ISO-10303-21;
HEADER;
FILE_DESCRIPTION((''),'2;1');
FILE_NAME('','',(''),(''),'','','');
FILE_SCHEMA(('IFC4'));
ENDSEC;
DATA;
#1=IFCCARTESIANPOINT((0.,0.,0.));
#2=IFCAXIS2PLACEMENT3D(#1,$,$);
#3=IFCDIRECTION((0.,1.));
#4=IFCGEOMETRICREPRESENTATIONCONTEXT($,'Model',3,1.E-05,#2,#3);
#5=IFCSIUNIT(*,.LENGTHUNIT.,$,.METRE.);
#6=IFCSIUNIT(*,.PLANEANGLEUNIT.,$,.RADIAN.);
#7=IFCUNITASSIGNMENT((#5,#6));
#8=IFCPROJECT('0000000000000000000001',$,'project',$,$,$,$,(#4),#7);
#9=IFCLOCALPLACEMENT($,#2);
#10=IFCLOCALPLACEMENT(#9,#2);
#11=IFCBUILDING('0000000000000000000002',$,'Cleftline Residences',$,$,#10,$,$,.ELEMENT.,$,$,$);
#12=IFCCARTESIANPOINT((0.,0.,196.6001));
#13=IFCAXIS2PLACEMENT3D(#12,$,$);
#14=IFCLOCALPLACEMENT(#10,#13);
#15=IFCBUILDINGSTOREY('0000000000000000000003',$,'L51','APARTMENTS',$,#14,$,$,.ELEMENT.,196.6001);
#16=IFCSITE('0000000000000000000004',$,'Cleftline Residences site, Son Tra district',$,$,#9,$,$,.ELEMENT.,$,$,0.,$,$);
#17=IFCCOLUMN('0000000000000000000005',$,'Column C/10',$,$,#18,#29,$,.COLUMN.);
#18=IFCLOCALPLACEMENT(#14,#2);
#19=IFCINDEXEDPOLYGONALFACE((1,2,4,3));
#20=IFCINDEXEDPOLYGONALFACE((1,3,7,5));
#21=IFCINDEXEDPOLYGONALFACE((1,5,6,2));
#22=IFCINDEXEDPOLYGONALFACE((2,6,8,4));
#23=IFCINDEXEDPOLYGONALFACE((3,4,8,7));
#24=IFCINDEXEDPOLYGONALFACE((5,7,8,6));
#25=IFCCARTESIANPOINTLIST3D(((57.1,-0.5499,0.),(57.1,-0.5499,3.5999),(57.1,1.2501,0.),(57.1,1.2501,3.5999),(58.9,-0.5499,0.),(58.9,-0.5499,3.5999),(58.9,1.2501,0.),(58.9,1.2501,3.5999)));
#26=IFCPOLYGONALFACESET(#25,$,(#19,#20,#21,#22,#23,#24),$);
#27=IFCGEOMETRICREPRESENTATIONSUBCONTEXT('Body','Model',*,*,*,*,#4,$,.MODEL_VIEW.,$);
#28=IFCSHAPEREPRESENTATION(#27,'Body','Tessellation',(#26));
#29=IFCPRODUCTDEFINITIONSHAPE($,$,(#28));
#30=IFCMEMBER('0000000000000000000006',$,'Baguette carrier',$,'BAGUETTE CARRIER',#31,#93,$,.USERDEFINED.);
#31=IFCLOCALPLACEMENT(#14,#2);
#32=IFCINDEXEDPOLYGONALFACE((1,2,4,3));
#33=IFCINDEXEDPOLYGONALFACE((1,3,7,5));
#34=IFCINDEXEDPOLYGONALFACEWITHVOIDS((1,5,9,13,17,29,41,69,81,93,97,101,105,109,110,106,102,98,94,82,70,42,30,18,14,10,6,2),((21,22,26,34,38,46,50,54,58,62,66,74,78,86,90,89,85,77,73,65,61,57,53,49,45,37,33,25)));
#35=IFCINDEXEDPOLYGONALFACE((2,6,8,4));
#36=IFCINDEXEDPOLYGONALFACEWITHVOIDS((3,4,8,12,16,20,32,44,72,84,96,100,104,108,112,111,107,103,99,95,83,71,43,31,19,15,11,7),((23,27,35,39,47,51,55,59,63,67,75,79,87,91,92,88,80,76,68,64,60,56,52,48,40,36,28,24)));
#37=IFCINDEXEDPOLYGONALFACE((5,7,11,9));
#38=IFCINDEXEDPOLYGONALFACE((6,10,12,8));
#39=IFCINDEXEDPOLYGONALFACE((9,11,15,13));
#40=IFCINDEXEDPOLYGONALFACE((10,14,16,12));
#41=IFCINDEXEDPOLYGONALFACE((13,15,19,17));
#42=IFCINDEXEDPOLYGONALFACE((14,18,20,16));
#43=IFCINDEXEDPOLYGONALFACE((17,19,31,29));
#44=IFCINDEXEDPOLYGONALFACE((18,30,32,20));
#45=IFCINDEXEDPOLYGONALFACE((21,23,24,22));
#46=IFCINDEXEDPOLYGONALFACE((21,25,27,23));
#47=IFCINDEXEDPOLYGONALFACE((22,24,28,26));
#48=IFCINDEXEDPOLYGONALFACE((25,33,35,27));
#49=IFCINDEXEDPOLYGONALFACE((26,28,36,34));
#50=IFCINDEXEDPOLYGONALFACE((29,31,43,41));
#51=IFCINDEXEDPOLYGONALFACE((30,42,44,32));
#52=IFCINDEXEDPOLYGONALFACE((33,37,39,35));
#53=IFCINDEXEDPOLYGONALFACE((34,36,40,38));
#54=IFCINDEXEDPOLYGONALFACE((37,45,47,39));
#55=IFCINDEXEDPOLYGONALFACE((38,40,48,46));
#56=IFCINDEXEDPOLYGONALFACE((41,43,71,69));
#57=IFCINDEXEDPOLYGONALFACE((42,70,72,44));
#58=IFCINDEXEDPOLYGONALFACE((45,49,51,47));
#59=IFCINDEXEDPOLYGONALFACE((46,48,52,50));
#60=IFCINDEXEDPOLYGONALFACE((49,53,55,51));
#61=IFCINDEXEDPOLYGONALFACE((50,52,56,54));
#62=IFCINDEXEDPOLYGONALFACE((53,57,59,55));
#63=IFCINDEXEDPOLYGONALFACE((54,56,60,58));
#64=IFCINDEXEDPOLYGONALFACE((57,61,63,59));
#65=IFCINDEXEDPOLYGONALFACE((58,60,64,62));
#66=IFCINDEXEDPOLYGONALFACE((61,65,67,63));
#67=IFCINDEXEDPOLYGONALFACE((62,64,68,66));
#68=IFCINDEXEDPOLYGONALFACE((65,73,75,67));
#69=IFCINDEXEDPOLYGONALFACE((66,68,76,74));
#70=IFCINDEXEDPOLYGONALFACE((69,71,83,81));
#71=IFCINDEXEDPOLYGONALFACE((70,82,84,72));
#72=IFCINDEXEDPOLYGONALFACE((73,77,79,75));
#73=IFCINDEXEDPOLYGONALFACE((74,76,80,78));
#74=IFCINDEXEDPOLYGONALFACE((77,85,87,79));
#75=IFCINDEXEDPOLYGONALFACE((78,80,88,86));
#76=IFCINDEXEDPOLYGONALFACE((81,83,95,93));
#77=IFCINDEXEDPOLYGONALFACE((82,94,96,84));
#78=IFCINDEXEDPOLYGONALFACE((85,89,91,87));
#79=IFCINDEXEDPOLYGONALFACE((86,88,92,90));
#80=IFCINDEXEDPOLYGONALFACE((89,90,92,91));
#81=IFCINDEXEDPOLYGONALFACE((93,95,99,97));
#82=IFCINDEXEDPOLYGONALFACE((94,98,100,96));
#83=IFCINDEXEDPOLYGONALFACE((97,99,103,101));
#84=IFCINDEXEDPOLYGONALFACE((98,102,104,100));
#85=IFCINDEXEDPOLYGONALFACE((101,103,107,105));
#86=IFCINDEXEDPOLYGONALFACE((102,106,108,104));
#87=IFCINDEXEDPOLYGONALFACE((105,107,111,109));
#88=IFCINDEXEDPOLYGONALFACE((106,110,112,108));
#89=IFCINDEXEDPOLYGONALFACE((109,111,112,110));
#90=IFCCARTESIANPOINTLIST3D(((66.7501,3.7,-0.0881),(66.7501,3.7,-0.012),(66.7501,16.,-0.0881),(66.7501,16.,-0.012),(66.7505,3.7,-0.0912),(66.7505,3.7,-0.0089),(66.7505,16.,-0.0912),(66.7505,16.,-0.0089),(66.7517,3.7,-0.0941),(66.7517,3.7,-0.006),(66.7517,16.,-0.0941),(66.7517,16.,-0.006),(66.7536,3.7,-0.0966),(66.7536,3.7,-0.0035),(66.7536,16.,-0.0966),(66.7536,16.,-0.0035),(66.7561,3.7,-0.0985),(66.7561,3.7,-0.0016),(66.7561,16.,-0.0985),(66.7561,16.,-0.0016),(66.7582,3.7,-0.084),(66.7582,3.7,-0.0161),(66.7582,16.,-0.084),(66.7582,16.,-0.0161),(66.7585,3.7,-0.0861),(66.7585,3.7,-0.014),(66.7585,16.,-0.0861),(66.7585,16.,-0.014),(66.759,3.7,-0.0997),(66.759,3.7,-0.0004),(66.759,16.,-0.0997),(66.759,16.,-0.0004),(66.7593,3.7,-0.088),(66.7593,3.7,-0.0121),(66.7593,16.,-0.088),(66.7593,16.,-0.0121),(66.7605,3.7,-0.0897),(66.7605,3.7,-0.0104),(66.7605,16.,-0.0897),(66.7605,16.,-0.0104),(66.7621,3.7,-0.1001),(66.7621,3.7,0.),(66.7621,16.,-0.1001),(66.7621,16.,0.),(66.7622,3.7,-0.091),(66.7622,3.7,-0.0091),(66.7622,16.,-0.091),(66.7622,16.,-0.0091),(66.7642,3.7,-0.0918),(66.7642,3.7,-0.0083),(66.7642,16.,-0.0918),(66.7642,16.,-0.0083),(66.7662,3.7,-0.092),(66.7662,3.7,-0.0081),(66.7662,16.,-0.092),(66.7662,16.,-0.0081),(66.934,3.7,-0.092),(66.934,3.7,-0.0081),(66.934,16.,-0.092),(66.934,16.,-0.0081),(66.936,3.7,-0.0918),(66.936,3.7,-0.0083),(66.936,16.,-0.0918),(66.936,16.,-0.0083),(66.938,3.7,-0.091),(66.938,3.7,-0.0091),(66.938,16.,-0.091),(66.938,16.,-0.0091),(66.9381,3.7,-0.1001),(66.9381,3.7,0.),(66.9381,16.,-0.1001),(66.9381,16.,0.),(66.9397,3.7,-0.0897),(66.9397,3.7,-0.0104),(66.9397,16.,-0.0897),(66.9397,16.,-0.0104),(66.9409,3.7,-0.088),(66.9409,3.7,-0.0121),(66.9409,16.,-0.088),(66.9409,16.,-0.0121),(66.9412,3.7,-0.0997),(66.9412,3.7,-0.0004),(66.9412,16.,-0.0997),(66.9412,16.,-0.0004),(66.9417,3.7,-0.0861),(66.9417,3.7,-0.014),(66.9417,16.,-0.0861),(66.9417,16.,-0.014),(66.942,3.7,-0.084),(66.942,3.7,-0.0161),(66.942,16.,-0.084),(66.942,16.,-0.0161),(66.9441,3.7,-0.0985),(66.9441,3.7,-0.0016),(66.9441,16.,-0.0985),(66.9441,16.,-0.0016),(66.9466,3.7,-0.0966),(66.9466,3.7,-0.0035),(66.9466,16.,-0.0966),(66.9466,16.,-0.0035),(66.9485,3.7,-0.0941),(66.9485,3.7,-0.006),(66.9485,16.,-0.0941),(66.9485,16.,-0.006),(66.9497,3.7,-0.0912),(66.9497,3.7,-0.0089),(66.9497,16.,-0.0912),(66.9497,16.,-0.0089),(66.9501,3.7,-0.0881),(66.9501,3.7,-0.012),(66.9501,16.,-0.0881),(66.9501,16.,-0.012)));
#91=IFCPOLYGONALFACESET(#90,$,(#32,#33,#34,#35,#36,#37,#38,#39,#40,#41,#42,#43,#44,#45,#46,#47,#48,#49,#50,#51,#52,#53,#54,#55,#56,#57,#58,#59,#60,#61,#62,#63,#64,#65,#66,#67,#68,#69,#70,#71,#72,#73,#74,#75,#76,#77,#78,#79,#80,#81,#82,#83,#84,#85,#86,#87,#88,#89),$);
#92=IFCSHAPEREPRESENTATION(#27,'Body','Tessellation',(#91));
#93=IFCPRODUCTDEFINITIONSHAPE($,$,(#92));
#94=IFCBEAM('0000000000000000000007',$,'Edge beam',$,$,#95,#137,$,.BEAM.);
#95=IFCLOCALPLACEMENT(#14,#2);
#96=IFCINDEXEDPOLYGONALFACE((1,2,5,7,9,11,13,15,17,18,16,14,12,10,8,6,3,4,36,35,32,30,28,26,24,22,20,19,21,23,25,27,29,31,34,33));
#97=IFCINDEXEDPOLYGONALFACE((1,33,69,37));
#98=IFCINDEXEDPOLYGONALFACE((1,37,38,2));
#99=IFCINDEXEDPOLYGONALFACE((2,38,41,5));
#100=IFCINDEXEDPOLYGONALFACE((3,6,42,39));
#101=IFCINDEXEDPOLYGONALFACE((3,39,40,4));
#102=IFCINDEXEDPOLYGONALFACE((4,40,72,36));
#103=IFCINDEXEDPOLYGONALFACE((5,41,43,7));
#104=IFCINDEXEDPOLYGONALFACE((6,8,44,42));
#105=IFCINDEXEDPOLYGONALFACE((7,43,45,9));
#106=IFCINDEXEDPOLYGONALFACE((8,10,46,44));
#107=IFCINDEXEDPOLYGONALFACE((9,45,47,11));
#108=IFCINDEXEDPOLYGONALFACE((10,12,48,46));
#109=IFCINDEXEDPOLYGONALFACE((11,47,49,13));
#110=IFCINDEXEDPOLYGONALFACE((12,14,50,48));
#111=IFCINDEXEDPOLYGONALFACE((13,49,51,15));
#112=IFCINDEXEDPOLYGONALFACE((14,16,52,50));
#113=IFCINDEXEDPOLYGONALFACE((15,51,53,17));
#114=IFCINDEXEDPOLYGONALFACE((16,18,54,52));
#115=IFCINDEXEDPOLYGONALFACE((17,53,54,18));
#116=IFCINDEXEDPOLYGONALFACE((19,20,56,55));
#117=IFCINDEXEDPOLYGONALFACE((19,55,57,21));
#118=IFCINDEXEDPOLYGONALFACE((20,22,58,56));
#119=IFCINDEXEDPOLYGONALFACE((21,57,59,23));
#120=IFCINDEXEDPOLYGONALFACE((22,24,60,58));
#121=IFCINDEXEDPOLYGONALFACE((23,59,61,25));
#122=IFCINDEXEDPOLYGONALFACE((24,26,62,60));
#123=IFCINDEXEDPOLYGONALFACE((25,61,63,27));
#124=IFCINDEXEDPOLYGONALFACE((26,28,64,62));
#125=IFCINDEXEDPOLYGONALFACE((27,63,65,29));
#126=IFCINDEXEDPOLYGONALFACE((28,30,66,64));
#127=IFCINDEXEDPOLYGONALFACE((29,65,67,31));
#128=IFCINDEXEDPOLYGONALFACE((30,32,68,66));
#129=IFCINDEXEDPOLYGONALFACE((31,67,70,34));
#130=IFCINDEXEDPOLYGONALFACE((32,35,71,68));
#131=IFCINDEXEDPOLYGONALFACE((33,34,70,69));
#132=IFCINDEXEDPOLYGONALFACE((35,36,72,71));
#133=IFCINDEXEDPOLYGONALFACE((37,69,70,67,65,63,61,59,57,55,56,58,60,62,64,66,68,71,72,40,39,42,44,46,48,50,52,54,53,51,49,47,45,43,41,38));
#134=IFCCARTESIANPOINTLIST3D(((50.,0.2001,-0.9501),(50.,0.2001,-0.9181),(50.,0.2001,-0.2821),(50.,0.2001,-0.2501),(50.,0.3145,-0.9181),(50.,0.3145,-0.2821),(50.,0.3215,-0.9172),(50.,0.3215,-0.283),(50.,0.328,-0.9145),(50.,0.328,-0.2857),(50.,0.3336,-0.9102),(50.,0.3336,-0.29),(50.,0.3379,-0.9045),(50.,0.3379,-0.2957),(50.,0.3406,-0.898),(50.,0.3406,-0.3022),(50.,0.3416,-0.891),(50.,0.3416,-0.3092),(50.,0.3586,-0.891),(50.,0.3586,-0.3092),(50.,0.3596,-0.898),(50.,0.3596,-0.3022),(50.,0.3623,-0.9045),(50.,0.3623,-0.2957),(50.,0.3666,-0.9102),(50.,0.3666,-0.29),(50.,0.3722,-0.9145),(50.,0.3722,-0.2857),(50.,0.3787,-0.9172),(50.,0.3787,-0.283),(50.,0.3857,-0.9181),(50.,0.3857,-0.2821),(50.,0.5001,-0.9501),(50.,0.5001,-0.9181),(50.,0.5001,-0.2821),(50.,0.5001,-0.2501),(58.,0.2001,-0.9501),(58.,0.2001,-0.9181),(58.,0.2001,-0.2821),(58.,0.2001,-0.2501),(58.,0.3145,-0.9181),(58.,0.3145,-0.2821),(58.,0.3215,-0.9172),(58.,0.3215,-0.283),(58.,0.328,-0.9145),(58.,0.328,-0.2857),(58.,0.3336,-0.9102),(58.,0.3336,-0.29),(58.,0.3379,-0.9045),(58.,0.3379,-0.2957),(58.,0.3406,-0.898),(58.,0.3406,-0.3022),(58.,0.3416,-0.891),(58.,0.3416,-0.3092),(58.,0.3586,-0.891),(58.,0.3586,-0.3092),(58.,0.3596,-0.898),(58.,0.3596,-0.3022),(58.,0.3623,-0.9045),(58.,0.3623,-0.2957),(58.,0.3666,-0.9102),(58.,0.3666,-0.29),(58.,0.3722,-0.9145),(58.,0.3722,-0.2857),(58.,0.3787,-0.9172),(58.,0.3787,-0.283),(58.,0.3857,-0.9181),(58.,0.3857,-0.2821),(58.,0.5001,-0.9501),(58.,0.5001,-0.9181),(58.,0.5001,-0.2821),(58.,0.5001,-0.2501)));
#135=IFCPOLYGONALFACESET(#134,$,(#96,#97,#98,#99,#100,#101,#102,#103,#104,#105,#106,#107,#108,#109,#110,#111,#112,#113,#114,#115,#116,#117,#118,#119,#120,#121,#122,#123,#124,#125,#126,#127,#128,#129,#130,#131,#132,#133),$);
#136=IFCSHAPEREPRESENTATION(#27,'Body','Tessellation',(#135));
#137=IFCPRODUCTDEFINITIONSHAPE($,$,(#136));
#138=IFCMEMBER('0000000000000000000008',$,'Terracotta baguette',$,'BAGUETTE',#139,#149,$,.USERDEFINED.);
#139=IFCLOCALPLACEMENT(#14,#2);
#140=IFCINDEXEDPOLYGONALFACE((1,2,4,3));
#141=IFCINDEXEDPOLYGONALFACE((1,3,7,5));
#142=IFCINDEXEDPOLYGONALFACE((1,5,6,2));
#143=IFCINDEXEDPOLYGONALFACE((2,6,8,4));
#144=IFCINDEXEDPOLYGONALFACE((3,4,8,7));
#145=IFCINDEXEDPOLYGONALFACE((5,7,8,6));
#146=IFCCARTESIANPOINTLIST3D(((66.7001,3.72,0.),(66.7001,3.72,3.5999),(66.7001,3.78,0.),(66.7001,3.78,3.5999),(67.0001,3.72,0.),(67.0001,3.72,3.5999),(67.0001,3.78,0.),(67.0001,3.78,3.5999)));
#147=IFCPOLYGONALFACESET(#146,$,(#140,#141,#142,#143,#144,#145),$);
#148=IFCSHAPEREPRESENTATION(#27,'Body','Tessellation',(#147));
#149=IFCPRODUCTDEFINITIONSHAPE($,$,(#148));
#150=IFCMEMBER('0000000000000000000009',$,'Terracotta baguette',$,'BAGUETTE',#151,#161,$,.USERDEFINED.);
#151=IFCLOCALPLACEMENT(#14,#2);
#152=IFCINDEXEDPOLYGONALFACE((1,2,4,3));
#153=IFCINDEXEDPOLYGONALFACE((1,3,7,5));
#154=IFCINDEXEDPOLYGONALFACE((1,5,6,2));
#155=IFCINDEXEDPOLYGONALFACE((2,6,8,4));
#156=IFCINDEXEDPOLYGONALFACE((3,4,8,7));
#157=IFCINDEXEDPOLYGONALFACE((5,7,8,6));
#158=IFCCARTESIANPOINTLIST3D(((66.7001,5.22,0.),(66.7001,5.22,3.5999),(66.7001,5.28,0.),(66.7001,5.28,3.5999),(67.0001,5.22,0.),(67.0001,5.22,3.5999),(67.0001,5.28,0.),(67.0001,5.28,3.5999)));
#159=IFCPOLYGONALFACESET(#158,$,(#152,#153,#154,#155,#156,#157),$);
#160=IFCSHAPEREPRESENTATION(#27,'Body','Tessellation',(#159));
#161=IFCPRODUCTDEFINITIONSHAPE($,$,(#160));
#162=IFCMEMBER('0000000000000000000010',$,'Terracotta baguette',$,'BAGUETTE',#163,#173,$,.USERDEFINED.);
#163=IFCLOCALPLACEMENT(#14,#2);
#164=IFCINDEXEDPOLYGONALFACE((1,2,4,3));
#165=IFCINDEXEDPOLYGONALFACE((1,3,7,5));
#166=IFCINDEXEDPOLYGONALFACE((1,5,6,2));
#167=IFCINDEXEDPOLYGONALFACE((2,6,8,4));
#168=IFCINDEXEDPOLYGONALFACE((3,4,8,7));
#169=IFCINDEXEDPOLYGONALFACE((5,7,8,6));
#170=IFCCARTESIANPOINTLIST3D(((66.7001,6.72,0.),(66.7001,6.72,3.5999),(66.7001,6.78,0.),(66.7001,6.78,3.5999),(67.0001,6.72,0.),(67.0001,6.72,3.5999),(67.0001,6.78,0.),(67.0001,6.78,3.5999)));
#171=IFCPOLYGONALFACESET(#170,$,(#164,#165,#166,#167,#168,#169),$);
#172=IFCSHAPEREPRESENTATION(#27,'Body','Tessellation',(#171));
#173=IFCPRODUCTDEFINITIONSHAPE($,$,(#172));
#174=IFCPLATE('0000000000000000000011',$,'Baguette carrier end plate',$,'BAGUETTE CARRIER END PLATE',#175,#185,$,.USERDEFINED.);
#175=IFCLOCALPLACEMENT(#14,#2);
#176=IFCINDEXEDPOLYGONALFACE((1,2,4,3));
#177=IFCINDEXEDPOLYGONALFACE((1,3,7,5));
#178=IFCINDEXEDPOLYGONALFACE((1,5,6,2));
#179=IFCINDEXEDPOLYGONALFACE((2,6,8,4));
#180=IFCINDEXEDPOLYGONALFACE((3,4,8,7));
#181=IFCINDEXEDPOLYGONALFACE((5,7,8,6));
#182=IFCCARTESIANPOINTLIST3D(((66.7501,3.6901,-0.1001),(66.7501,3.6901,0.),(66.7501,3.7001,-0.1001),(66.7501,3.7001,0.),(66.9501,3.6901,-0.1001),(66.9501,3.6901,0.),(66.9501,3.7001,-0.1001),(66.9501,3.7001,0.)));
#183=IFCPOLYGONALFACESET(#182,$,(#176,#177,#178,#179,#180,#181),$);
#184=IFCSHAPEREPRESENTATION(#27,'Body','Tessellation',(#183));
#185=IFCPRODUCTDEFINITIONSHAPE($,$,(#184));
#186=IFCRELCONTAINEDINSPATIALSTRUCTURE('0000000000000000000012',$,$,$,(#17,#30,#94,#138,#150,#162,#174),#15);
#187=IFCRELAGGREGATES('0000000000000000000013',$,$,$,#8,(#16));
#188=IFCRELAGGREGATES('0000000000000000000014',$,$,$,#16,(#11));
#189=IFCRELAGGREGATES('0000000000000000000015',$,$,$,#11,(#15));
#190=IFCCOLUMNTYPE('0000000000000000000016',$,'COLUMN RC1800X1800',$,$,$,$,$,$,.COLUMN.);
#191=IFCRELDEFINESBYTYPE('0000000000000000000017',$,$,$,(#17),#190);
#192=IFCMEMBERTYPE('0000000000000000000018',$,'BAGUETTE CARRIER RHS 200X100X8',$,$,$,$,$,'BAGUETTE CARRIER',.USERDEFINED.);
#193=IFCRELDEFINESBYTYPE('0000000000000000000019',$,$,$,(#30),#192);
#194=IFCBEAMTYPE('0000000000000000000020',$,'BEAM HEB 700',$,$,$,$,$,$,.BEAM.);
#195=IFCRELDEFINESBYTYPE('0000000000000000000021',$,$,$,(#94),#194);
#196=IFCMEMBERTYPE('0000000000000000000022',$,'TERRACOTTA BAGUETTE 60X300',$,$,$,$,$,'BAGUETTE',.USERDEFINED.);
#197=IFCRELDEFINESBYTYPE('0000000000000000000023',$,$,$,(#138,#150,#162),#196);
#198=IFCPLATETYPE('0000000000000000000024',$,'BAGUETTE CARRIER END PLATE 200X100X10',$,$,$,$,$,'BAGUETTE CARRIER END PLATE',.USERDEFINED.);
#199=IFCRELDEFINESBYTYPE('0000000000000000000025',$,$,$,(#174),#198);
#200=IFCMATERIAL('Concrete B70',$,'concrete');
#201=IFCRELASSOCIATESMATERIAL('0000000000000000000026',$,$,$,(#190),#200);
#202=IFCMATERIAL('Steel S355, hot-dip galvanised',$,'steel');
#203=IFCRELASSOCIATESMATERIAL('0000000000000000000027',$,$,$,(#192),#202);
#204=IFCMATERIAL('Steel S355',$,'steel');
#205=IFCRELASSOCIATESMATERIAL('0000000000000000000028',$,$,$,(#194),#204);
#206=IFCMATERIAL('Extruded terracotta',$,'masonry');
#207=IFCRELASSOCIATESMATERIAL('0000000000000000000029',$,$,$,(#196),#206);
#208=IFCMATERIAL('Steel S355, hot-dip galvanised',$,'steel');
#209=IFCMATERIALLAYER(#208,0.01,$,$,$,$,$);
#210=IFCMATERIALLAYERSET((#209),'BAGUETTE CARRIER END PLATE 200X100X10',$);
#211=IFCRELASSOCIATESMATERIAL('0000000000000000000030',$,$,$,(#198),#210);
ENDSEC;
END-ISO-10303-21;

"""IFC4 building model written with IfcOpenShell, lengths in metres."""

from ifc_helpers import new_model, si_unit, direction, frame, origin, origin_2d, place, context, subcontext, project, spatial, rectangle, hollow_rectangle, i_section, extrude, material, layer, layer_set, material_profile, profile_set, type_object, element, save


model = new_model("IFC4")

# Units and contexts
model_context = context("Model", 3, precision=1e-05, world=origin(), true_north=direction((0.0, 1.0)))
body_context = subcontext(model_context, "Body", "Model", "MODEL_VIEW")
ifc_project = project(units=[si_unit("LENGTHUNIT", "METRE"), si_unit("PLANEANGLEUNIT", "RADIAN")], contexts=[model_context])

# Site, building, storey
site_placement = place(None, origin())
site = spatial("IfcSite", under=ifc_project, at=site_placement, Name="Cleftline Residences site, Son Tra district", CompositionType="ELEMENT", RefElevation=0.0)
building_placement = place(site_placement, origin())
building = spatial("IfcBuilding", under=site, at=building_placement, Name="Cleftline Residences", CompositionType="ELEMENT")
storey_placement = place(building_placement, frame((0.0, 0.0, 196.6001)))
storey = spatial("IfcBuildingStorey", under=building, at=storey_placement, Name="L51", Description="APARTMENTS", CompositionType="ELEMENT", Elevation=196.6001)

# Column
ifc_material_1 = material(Name="Concrete B70", Category="concrete")
ifc_material_profile_1 = material_profile(ifc_material_1, rectangle(XDim=1.8, YDim=1.8, at=origin_2d()))
ifc_profile_set_1 = profile_set([ifc_material_profile_1], Name="Concrete B70")
column_type = type_object("IfcColumnType", Name="COLUMN RC1800X1800", PredefinedType="COLUMN", material=ifc_profile_set_1)
column_placement = place(storey_placement, frame((58.0, 0.3501, 0.0), z_axis=(0.0, 0.0, 1.0), x_axis=(1.0, 0.0, 0.0)))
element("IfcColumn", 1, at=column_placement, inside=storey, type_object=column_type, Name="Column C/10", PredefinedType="COLUMN", context=body_context, shape_type="SweptSolid", body=[
    extrude(rectangle(XDim=1.8, YDim=1.8, at=origin_2d()), origin(), (0.0, 0.0, 1.0), 3.5999),
])

# Member
ifc_material_2 = material(Name="Steel S355, hot-dip galvanised", Category="steel")
ifc_material_profile_2 = material_profile(ifc_material_2, hollow_rectangle(XDim=0.1001, YDim=0.2, WallThickness=0.0081, InnerFilletRadius=0.0081, OuterFilletRadius=0.012, at=origin_2d()))
ifc_profile_set_2 = profile_set([ifc_material_profile_2], Name="Steel S355, hot-dip galvanised")
member_type_1 = type_object("IfcMemberType", Name="BAGUETTE CARRIER RHS 200X100X8", ElementType="BAGUETTE CARRIER", PredefinedType="USERDEFINED", material=ifc_profile_set_2)
member_placement = place(storey_placement, frame((66.8501, 3.7, -0.05), z_axis=(0.0, 1.0, 0.0), x_axis=(0.0, 0.0, 1.0)))
element("IfcMember", 2, at=member_placement, inside=storey, type_object=member_type_1, Name="Baguette carrier", ObjectType="BAGUETTE CARRIER", PredefinedType="USERDEFINED", context=body_context, shape_type="SweptSolid", body=[
    extrude(hollow_rectangle(XDim=0.1001, YDim=0.2, WallThickness=0.0081, InnerFilletRadius=0.0081, OuterFilletRadius=0.012, at=origin_2d()), origin(), (0.0, 0.0, 1.0), 12.3),
])

# Beam
ifc_material_3 = material(Name="Steel S355", Category="steel")
ifc_material_profile_3 = material_profile(ifc_material_3, i_section(OverallWidth=0.3, OverallDepth=0.7, WebThickness=0.0171, FlangeThickness=0.032, FilletRadius=0.0271, at=origin_2d()))
ifc_profile_set_3 = profile_set([ifc_material_profile_3], Name="Steel S355")
beam_type = type_object("IfcBeamType", Name="BEAM HEB 700", PredefinedType="BEAM", material=ifc_profile_set_3)
beam_placement = place(storey_placement, frame((58.0, 0.3501, -0.6001), z_axis=(-1.0, 0.0, 0.0), x_axis=(0.0, -1.0, 0.0)))
element("IfcBeam", 3, at=beam_placement, inside=storey, type_object=beam_type, Name="Edge beam", PredefinedType="BEAM", context=body_context, shape_type="SweptSolid", body=[
    extrude(i_section(OverallWidth=0.3, OverallDepth=0.7, WebThickness=0.0171, FlangeThickness=0.032, FilletRadius=0.0271, at=origin_2d()), origin(), (0.0, 0.0, 1.0), 8.0),
])

# Members
ifc_material_4 = material(Name="Extruded terracotta", Category="masonry")
ifc_material_profile_4 = material_profile(ifc_material_4, rectangle(XDim=0.0601, YDim=0.3, at=origin_2d()))
ifc_profile_set_4 = profile_set([ifc_material_profile_4], Name="Extruded terracotta")
member_type_2 = type_object("IfcMemberType", Name="TERRACOTTA BAGUETTE 60X300", ElementType="BAGUETTE", PredefinedType="USERDEFINED", material=ifc_profile_set_4)
for number, where, z_axis, x_axis, name in (
    (4, (66.8501, 3.75, 0.0), (0.0, 0.0, 1.0), (0.0, 1.0, 0.0), "Terracotta baguette"),
    (5, (66.8501, 5.25, 0.0), (0.0, 0.0, 1.0), (0.0, 1.0, 0.0), "Terracotta baguette"),
    (6, (66.8501, 6.75, 0.0), (0.0, 0.0, 1.0), (0.0, 1.0, 0.0), "Terracotta baguette"),
):
    element("IfcMember", number, at=place(storey_placement, frame(where, z_axis=z_axis, x_axis=x_axis)), inside=storey, type_object=member_type_2, Name=name, ObjectType="BAGUETTE", PredefinedType="USERDEFINED", context=body_context, shape_type="SweptSolid", body=[
        extrude(rectangle(XDim=0.0601, YDim=0.3, at=origin_2d()), origin(), (0.0, 0.0, 1.0), 3.5999),
    ])

# Plate
ifc_material_5 = material(Name="Steel S355, hot-dip galvanised", Category="steel")
ifc_layer_1 = layer(ifc_material_5, 0.01)
ifc_layer_set_1 = layer_set([ifc_layer_1], Name="BAGUETTE CARRIER END PLATE 200X100X10")
plate_type = type_object("IfcPlateType", Name="BAGUETTE CARRIER END PLATE 200X100X10", ElementType="BAGUETTE CARRIER END PLATE", PredefinedType="USERDEFINED", material=ifc_layer_set_1)
plate_placement = place(storey_placement, frame((66.8501, 3.6951, -0.1001), z_axis=(0.0, 0.0, 1.0), x_axis=(1.0, 0.0, 0.0)))
element("IfcPlate", 7, at=plate_placement, inside=storey, type_object=plate_type, Name="Baguette carrier end plate", ObjectType="BAGUETTE CARRIER END PLATE", PredefinedType="USERDEFINED", context=body_context, shape_type="SweptSolid", body=[
    extrude(rectangle(XDim=0.2, YDim=0.01, at=origin_2d()), origin(), (0.0, 0.0, 1.0), 0.1001),
])

save(model, "model.ifc")
